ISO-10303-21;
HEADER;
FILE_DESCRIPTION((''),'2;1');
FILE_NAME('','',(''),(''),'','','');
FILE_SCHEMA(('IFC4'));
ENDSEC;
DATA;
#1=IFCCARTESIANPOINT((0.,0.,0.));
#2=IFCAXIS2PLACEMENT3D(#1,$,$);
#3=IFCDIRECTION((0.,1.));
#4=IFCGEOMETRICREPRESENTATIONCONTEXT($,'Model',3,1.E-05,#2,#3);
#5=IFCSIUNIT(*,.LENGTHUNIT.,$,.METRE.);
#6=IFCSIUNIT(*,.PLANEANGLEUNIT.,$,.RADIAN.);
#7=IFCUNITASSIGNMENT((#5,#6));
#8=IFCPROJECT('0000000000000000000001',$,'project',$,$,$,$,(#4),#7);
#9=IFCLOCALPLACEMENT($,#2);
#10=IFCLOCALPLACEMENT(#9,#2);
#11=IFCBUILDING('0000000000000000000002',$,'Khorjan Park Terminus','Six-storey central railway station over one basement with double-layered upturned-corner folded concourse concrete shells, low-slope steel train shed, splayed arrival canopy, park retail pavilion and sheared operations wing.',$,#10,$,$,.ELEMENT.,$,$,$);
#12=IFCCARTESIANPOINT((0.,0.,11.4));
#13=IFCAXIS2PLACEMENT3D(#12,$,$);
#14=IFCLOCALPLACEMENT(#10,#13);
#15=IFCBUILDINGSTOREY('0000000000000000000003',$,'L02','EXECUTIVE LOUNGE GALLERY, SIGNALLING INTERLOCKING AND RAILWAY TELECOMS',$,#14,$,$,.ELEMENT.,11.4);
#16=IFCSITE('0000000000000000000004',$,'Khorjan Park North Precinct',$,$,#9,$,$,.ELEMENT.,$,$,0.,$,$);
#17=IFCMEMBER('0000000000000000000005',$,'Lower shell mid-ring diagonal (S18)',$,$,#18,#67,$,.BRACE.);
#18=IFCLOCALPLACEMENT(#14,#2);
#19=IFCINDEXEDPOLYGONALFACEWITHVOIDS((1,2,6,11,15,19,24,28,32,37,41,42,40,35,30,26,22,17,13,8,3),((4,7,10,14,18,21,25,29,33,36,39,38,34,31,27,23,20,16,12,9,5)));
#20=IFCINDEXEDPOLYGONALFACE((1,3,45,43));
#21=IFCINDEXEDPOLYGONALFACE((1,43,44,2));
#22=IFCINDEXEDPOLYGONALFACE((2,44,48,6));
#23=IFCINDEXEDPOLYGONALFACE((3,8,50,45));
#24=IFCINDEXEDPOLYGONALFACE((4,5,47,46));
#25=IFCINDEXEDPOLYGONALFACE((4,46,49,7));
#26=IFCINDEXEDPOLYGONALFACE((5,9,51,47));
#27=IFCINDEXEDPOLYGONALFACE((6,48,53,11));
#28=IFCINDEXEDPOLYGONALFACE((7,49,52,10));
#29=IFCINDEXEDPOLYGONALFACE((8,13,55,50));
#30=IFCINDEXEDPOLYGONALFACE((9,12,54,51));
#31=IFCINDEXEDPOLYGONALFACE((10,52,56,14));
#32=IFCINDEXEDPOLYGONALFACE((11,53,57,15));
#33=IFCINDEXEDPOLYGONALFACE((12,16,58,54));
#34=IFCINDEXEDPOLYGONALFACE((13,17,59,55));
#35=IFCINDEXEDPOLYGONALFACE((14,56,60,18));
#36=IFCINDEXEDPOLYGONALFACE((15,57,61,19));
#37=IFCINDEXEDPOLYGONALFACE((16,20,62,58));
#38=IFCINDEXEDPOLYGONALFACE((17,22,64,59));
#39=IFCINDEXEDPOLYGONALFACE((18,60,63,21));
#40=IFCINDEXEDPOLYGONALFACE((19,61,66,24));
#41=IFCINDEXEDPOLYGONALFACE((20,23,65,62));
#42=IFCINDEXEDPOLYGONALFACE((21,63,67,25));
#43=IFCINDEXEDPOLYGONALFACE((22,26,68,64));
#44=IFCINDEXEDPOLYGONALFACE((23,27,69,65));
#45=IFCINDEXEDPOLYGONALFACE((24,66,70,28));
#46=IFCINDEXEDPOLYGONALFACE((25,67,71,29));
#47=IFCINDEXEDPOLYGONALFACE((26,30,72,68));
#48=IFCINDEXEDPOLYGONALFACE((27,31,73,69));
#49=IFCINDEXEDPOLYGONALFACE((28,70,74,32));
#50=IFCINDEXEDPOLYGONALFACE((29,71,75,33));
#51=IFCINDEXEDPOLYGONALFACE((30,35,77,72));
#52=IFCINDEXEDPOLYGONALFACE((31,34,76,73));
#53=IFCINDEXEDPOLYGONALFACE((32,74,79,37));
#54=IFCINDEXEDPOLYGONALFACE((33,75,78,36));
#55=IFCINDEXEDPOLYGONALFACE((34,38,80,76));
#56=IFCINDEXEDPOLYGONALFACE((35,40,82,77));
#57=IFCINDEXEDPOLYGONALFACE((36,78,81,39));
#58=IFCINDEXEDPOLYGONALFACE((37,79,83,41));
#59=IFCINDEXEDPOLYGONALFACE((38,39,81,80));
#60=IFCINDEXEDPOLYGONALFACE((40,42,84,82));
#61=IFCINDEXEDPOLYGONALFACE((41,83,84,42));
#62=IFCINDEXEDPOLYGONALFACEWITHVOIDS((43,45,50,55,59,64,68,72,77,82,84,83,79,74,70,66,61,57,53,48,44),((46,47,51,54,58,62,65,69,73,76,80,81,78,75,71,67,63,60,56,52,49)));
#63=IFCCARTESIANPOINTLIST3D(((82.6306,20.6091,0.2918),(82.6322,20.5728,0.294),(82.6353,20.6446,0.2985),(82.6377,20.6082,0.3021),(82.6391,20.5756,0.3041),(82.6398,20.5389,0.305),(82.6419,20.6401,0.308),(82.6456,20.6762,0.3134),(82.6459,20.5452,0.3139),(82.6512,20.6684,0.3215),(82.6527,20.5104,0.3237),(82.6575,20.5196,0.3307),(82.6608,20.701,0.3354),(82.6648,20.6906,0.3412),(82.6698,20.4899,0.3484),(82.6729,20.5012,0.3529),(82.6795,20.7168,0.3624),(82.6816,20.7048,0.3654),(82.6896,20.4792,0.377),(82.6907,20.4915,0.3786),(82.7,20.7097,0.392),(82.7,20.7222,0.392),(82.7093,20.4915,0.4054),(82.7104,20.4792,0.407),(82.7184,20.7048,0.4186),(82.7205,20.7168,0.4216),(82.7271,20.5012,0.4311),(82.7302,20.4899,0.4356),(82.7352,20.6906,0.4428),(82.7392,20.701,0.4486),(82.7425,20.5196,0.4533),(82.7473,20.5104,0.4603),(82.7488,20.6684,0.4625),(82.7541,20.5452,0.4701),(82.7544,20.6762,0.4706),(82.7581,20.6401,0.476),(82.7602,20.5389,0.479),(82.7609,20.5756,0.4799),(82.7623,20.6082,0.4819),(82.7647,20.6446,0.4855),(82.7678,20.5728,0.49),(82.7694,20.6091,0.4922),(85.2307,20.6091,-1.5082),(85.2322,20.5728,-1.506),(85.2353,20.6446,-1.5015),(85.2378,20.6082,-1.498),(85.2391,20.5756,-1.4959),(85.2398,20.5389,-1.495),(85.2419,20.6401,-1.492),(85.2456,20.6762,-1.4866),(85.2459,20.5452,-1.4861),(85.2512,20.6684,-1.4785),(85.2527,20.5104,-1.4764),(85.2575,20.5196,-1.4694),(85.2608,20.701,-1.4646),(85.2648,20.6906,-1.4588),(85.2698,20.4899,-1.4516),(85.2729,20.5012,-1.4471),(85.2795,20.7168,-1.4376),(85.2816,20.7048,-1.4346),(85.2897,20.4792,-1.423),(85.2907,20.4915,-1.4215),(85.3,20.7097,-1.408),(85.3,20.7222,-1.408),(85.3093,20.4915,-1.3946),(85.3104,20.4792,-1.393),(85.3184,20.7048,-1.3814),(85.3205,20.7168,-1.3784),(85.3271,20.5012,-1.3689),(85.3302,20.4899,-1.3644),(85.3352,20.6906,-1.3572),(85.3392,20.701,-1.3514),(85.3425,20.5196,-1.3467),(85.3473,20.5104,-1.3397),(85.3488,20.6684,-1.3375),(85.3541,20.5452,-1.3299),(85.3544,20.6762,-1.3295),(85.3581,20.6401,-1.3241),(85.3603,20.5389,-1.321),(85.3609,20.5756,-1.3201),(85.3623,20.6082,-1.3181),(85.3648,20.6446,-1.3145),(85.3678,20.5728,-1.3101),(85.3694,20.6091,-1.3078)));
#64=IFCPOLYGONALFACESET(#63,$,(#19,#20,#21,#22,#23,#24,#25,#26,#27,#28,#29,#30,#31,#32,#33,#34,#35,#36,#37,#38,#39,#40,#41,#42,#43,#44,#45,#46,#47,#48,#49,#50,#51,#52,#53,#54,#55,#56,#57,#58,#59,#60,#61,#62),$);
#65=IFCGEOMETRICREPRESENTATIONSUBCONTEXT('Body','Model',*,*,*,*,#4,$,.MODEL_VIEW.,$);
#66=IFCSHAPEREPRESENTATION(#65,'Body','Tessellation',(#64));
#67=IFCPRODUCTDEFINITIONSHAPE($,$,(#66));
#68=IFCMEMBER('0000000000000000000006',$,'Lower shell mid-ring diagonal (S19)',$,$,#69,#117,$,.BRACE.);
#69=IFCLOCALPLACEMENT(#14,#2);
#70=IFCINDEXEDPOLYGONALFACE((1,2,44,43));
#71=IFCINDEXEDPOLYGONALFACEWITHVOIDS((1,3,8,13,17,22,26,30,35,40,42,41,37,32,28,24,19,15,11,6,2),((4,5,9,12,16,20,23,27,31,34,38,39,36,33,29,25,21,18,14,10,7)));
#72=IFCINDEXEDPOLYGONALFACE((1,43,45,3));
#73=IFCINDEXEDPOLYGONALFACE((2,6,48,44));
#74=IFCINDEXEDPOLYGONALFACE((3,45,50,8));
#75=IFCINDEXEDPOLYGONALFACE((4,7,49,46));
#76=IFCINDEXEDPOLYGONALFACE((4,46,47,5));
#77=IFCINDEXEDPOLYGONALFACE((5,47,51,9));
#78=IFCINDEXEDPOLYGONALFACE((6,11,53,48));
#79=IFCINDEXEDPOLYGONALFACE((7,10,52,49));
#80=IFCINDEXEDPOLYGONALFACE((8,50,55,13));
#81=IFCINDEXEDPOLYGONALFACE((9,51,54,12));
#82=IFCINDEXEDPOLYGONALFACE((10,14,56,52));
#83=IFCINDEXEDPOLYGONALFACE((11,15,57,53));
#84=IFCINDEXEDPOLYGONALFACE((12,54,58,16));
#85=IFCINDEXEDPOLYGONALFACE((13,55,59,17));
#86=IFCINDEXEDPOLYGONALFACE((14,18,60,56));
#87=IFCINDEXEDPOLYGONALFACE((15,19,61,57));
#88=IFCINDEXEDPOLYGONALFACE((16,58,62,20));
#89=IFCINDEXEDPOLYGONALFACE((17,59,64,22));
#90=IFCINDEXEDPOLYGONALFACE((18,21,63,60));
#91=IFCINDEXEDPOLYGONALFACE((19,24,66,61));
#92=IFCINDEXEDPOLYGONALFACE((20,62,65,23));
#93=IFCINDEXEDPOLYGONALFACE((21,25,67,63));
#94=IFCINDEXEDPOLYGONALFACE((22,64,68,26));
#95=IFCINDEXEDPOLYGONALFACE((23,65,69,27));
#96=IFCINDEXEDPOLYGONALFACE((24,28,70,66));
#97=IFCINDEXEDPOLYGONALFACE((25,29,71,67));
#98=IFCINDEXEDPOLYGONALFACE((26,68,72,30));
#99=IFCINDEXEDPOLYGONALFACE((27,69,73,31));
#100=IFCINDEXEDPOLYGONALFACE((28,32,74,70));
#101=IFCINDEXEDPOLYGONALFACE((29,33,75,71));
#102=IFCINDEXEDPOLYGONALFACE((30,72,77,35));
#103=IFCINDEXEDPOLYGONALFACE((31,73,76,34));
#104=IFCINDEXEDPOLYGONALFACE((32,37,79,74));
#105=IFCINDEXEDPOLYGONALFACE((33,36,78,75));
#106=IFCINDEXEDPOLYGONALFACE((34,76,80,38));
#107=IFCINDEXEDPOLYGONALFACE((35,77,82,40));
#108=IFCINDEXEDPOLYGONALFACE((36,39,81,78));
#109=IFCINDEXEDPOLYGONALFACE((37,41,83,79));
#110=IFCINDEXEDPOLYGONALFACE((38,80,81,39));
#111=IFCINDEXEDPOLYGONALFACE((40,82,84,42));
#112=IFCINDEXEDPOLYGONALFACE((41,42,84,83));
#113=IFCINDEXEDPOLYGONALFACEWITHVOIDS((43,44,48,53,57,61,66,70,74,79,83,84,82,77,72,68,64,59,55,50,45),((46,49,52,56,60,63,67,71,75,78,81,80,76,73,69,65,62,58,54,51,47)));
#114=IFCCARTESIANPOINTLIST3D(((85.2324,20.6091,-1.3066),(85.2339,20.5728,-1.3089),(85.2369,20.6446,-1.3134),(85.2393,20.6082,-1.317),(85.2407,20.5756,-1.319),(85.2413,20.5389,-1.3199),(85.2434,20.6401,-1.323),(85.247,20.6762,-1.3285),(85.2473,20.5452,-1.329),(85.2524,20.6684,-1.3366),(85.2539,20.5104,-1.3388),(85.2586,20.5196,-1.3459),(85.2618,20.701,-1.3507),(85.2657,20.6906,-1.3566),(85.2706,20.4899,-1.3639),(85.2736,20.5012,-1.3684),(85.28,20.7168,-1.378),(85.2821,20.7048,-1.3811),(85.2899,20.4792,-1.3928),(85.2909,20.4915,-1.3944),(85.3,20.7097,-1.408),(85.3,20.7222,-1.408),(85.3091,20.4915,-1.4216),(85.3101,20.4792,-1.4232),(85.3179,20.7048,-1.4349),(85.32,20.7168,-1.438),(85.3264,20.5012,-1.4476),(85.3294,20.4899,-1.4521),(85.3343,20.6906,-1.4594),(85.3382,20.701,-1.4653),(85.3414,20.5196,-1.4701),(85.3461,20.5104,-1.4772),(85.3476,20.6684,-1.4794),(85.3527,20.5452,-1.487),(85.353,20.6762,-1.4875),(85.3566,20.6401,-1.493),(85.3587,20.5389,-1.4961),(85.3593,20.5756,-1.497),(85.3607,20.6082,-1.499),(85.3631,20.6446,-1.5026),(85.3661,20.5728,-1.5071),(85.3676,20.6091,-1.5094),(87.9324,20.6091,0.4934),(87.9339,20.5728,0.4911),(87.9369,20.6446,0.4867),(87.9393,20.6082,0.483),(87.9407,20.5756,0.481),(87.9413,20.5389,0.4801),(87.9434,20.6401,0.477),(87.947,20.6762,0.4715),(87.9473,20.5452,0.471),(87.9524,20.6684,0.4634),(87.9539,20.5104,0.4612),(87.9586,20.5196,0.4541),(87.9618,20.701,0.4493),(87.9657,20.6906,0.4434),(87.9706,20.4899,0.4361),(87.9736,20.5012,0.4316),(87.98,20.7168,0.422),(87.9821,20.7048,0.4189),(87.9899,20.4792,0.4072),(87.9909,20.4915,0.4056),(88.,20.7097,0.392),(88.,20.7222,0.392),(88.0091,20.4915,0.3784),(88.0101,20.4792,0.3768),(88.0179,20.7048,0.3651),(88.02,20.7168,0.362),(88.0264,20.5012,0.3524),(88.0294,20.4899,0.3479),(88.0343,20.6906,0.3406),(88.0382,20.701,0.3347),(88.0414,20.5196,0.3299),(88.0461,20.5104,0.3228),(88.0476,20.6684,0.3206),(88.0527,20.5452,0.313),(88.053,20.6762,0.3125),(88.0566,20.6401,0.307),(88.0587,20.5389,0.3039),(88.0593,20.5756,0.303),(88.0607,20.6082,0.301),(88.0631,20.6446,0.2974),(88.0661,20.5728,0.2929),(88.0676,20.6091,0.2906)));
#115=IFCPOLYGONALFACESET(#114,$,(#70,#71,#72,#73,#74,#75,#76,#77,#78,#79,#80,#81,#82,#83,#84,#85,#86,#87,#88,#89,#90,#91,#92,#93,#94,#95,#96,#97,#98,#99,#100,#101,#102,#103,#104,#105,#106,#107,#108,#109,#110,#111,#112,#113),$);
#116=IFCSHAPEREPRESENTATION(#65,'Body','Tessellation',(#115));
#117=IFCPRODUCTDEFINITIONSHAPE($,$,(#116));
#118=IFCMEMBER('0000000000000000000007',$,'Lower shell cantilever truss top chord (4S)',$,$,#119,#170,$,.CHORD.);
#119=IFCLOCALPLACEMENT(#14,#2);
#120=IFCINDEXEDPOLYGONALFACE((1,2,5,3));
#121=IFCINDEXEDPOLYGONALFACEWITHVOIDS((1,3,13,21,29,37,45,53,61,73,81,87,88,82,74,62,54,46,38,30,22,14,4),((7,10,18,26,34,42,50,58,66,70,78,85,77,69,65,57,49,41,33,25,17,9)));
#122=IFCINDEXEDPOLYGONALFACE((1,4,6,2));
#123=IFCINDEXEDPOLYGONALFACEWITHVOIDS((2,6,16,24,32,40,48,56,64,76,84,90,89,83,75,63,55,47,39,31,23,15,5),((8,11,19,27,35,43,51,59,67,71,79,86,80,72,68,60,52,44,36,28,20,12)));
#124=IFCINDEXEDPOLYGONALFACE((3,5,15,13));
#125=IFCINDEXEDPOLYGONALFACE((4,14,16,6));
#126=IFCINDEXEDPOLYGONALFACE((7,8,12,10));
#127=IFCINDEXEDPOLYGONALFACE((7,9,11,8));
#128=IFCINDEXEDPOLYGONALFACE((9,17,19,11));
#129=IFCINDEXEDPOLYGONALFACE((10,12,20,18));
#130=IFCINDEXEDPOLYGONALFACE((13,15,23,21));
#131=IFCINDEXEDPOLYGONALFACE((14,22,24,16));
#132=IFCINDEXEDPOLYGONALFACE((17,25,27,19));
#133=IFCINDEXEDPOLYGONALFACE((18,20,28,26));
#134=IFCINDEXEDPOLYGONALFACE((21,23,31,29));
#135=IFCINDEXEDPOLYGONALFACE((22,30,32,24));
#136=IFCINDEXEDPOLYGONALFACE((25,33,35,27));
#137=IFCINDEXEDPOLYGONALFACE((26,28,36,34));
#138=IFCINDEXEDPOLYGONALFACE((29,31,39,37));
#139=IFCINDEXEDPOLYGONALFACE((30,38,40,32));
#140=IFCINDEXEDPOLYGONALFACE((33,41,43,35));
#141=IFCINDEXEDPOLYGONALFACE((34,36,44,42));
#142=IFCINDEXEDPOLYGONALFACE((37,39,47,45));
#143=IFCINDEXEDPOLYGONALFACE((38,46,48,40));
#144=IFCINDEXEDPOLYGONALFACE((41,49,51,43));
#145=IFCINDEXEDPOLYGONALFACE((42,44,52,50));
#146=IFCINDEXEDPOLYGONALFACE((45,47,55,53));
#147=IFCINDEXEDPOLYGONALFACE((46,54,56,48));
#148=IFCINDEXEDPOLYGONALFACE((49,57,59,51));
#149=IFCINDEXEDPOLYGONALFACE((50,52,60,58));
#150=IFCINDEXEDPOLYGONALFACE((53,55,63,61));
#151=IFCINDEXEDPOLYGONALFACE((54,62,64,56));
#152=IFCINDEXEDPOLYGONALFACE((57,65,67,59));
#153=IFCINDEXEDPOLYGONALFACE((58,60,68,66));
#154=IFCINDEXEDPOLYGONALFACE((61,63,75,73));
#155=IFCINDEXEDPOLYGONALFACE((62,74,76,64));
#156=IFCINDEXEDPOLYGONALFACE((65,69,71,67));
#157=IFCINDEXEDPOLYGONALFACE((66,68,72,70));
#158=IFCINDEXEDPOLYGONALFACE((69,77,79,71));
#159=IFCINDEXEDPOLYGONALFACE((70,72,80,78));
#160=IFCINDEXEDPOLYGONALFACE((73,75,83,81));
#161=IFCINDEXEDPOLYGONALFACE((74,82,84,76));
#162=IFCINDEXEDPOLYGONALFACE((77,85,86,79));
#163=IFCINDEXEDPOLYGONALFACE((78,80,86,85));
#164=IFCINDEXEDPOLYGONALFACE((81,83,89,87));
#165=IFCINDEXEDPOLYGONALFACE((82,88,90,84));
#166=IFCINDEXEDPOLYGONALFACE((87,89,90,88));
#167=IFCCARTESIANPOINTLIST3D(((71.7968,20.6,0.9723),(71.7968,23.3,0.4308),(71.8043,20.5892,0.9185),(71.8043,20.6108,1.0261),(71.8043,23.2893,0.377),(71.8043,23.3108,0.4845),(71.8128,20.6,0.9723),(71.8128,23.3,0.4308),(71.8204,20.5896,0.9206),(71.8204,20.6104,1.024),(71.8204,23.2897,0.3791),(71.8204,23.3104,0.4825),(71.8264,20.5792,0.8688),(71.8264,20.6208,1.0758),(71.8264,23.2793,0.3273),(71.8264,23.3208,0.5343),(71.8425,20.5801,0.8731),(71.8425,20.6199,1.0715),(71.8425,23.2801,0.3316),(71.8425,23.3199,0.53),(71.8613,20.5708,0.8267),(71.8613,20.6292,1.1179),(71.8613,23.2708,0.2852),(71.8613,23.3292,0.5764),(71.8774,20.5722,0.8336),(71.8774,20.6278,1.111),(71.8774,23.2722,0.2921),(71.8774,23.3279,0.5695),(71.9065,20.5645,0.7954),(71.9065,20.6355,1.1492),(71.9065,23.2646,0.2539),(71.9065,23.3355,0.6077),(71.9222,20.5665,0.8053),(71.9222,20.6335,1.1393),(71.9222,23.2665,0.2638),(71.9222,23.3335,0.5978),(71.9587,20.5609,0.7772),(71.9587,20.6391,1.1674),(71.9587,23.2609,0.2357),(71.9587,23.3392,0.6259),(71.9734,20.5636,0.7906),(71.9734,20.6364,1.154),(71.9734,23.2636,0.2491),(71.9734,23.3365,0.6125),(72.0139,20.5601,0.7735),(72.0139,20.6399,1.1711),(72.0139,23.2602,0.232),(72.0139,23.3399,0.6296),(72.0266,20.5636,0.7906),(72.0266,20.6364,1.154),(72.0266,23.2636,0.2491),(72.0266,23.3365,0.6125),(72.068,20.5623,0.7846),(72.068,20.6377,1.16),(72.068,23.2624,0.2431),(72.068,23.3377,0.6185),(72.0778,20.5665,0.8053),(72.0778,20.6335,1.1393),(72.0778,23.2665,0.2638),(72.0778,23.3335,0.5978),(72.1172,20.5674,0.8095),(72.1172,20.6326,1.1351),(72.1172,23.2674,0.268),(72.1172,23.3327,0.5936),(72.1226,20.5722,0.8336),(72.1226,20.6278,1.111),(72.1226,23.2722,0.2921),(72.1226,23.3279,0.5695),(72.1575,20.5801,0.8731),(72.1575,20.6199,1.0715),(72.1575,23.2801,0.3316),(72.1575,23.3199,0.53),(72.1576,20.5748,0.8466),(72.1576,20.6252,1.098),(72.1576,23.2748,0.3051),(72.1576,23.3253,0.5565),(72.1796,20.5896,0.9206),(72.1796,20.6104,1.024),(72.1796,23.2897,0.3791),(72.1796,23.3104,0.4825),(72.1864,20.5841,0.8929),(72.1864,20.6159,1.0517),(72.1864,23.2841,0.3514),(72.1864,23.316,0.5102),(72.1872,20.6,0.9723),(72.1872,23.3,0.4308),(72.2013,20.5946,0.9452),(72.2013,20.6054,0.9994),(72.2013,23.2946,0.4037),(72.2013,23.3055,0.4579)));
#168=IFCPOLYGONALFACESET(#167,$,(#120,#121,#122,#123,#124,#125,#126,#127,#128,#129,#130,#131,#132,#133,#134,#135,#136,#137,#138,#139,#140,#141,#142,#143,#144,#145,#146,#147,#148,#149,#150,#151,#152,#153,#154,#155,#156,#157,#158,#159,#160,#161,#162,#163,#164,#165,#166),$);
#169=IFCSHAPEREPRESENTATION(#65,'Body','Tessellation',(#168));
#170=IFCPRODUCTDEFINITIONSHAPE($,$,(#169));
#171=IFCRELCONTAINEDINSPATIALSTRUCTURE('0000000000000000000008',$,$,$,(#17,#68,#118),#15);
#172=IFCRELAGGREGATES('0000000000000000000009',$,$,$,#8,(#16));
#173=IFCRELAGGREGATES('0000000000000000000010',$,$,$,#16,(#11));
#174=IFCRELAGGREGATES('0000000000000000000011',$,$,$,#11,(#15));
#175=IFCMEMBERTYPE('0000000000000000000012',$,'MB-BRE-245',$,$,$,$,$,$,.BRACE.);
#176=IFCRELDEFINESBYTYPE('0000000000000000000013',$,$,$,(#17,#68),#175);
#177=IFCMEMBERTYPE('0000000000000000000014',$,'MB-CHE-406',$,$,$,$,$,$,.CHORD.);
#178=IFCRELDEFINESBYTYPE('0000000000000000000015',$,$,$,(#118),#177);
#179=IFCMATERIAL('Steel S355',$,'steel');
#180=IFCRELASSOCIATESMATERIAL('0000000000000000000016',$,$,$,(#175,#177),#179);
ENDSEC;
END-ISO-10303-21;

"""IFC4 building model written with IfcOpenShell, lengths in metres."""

from ifc_helpers import new_model, si_unit, direction, frame, origin, origin_2d, place, context, subcontext, project, spatial, hollow_circle, extrude, material, material_profile, profile_set, type_object, element, save


model = new_model("IFC4")

# Units and contexts
model_context = context("Model", 3, precision=1e-05, world=origin(), true_north=direction((0.0, 1.0)))
body_context = subcontext(model_context, "Body", "Model", "MODEL_VIEW")
ifc_project = project(units=[si_unit("LENGTHUNIT", "METRE"), si_unit("PLANEANGLEUNIT", "RADIAN")], contexts=[model_context])

# Site, building, storey
site_placement = place(None, origin())
site = spatial("IfcSite", under=ifc_project, at=site_placement, Name="Khorjan Park North Precinct", CompositionType="ELEMENT", RefElevation=0.0)
building_placement = place(site_placement, origin())
building = spatial("IfcBuilding", under=site, at=building_placement, Name="Khorjan Park Terminus", Description="Six-storey central railway station over one basement with double-layered upturned-corner folded concourse concrete shells, low-slope steel train shed, splayed arrival canopy, park retail pavilion and sheared operations wing.", CompositionType="ELEMENT")
storey_placement = place(building_placement, frame((0.0, 0.0, 11.4)))
storey = spatial("IfcBuildingStorey", under=building, at=storey_placement, Name="L02", Description="EXECUTIVE LOUNGE GALLERY, SIGNALLING INTERLOCKING AND RAILWAY TELECOMS", CompositionType="ELEMENT", Elevation=11.4)

# Members
ifc_material_1 = material(Name="Steel S355", Category="steel")
ifc_material_profile_1 = material_profile(ifc_material_1, hollow_circle(Radius=0.1222, WallThickness=0.0125, at=origin_2d()), Name="CHS 244.5x12.5")
ifc_profile_set_1 = profile_set([ifc_material_profile_1], Name="Steel S355")
member_type_1 = type_object("IfcMemberType", Name="MB-BRE-245", PredefinedType="BRACE", material=ifc_profile_set_1)
member_1_placement = place(storey_placement, frame((82.7, 20.6, 0.392), z_axis=(0.822192, 0.0, -0.56921), x_axis=(0.0, 1.0, 0.0)))
element("IfcMember", 1, at=member_1_placement, inside=storey, type_object=member_type_1, Name="Lower shell mid-ring diagonal (S18)", PredefinedType="BRACE", context=body_context, shape_type="SweptSolid", body=[
    extrude(hollow_circle(Radius=0.1222, WallThickness=0.0125, at=origin_2d()), origin(), (0.0, 0.0, 1.0), 3.1623),
])
member_2_placement = place(storey_placement, frame((85.3, 20.6, -1.408), z_axis=(0.83205, 0.0, 0.5547), x_axis=(0.0, 1.0, 0.0)))
element("IfcMember", 2, at=member_2_placement, inside=storey, type_object=member_type_1, Name="Lower shell mid-ring diagonal (S19)", PredefinedType="BRACE", context=body_context, shape_type="SweptSolid", body=[
    extrude(hollow_circle(Radius=0.1222, WallThickness=0.0125, at=origin_2d()), origin(), (0.0, 0.0, 1.0), 3.245),
])
ifc_material_profile_2 = material_profile(ifc_material_1, hollow_circle(Radius=0.2032, WallThickness=0.016, at=origin_2d()), Name="CHS 406.4x16")
ifc_profile_set_2 = profile_set([ifc_material_profile_2], Name="Steel S355")
member_type_2 = type_object("IfcMemberType", Name="MB-CHE-406", PredefinedType="CHORD", material=ifc_profile_set_2)
for number, where, z_axis, x_axis, name in (
    (3, (72.0, 20.6, 0.9723), (0.0, 0.980476, -0.19664), (-1.0, 0.0, 0.0), "Lower shell cantilever truss top chord (4S)"),
):
    element("IfcMember", number, at=place(storey_placement, frame(where, z_axis=z_axis, x_axis=x_axis)), inside=storey, type_object=member_type_2, Name=name, PredefinedType="CHORD", context=body_context, shape_type="SweptSolid", body=[
        extrude(hollow_circle(Radius=0.2032, WallThickness=0.016, at=origin_2d()), origin(), (0.0, 0.0, 1.0), 2.7538),
    ])

save(model, "model.ifc")
